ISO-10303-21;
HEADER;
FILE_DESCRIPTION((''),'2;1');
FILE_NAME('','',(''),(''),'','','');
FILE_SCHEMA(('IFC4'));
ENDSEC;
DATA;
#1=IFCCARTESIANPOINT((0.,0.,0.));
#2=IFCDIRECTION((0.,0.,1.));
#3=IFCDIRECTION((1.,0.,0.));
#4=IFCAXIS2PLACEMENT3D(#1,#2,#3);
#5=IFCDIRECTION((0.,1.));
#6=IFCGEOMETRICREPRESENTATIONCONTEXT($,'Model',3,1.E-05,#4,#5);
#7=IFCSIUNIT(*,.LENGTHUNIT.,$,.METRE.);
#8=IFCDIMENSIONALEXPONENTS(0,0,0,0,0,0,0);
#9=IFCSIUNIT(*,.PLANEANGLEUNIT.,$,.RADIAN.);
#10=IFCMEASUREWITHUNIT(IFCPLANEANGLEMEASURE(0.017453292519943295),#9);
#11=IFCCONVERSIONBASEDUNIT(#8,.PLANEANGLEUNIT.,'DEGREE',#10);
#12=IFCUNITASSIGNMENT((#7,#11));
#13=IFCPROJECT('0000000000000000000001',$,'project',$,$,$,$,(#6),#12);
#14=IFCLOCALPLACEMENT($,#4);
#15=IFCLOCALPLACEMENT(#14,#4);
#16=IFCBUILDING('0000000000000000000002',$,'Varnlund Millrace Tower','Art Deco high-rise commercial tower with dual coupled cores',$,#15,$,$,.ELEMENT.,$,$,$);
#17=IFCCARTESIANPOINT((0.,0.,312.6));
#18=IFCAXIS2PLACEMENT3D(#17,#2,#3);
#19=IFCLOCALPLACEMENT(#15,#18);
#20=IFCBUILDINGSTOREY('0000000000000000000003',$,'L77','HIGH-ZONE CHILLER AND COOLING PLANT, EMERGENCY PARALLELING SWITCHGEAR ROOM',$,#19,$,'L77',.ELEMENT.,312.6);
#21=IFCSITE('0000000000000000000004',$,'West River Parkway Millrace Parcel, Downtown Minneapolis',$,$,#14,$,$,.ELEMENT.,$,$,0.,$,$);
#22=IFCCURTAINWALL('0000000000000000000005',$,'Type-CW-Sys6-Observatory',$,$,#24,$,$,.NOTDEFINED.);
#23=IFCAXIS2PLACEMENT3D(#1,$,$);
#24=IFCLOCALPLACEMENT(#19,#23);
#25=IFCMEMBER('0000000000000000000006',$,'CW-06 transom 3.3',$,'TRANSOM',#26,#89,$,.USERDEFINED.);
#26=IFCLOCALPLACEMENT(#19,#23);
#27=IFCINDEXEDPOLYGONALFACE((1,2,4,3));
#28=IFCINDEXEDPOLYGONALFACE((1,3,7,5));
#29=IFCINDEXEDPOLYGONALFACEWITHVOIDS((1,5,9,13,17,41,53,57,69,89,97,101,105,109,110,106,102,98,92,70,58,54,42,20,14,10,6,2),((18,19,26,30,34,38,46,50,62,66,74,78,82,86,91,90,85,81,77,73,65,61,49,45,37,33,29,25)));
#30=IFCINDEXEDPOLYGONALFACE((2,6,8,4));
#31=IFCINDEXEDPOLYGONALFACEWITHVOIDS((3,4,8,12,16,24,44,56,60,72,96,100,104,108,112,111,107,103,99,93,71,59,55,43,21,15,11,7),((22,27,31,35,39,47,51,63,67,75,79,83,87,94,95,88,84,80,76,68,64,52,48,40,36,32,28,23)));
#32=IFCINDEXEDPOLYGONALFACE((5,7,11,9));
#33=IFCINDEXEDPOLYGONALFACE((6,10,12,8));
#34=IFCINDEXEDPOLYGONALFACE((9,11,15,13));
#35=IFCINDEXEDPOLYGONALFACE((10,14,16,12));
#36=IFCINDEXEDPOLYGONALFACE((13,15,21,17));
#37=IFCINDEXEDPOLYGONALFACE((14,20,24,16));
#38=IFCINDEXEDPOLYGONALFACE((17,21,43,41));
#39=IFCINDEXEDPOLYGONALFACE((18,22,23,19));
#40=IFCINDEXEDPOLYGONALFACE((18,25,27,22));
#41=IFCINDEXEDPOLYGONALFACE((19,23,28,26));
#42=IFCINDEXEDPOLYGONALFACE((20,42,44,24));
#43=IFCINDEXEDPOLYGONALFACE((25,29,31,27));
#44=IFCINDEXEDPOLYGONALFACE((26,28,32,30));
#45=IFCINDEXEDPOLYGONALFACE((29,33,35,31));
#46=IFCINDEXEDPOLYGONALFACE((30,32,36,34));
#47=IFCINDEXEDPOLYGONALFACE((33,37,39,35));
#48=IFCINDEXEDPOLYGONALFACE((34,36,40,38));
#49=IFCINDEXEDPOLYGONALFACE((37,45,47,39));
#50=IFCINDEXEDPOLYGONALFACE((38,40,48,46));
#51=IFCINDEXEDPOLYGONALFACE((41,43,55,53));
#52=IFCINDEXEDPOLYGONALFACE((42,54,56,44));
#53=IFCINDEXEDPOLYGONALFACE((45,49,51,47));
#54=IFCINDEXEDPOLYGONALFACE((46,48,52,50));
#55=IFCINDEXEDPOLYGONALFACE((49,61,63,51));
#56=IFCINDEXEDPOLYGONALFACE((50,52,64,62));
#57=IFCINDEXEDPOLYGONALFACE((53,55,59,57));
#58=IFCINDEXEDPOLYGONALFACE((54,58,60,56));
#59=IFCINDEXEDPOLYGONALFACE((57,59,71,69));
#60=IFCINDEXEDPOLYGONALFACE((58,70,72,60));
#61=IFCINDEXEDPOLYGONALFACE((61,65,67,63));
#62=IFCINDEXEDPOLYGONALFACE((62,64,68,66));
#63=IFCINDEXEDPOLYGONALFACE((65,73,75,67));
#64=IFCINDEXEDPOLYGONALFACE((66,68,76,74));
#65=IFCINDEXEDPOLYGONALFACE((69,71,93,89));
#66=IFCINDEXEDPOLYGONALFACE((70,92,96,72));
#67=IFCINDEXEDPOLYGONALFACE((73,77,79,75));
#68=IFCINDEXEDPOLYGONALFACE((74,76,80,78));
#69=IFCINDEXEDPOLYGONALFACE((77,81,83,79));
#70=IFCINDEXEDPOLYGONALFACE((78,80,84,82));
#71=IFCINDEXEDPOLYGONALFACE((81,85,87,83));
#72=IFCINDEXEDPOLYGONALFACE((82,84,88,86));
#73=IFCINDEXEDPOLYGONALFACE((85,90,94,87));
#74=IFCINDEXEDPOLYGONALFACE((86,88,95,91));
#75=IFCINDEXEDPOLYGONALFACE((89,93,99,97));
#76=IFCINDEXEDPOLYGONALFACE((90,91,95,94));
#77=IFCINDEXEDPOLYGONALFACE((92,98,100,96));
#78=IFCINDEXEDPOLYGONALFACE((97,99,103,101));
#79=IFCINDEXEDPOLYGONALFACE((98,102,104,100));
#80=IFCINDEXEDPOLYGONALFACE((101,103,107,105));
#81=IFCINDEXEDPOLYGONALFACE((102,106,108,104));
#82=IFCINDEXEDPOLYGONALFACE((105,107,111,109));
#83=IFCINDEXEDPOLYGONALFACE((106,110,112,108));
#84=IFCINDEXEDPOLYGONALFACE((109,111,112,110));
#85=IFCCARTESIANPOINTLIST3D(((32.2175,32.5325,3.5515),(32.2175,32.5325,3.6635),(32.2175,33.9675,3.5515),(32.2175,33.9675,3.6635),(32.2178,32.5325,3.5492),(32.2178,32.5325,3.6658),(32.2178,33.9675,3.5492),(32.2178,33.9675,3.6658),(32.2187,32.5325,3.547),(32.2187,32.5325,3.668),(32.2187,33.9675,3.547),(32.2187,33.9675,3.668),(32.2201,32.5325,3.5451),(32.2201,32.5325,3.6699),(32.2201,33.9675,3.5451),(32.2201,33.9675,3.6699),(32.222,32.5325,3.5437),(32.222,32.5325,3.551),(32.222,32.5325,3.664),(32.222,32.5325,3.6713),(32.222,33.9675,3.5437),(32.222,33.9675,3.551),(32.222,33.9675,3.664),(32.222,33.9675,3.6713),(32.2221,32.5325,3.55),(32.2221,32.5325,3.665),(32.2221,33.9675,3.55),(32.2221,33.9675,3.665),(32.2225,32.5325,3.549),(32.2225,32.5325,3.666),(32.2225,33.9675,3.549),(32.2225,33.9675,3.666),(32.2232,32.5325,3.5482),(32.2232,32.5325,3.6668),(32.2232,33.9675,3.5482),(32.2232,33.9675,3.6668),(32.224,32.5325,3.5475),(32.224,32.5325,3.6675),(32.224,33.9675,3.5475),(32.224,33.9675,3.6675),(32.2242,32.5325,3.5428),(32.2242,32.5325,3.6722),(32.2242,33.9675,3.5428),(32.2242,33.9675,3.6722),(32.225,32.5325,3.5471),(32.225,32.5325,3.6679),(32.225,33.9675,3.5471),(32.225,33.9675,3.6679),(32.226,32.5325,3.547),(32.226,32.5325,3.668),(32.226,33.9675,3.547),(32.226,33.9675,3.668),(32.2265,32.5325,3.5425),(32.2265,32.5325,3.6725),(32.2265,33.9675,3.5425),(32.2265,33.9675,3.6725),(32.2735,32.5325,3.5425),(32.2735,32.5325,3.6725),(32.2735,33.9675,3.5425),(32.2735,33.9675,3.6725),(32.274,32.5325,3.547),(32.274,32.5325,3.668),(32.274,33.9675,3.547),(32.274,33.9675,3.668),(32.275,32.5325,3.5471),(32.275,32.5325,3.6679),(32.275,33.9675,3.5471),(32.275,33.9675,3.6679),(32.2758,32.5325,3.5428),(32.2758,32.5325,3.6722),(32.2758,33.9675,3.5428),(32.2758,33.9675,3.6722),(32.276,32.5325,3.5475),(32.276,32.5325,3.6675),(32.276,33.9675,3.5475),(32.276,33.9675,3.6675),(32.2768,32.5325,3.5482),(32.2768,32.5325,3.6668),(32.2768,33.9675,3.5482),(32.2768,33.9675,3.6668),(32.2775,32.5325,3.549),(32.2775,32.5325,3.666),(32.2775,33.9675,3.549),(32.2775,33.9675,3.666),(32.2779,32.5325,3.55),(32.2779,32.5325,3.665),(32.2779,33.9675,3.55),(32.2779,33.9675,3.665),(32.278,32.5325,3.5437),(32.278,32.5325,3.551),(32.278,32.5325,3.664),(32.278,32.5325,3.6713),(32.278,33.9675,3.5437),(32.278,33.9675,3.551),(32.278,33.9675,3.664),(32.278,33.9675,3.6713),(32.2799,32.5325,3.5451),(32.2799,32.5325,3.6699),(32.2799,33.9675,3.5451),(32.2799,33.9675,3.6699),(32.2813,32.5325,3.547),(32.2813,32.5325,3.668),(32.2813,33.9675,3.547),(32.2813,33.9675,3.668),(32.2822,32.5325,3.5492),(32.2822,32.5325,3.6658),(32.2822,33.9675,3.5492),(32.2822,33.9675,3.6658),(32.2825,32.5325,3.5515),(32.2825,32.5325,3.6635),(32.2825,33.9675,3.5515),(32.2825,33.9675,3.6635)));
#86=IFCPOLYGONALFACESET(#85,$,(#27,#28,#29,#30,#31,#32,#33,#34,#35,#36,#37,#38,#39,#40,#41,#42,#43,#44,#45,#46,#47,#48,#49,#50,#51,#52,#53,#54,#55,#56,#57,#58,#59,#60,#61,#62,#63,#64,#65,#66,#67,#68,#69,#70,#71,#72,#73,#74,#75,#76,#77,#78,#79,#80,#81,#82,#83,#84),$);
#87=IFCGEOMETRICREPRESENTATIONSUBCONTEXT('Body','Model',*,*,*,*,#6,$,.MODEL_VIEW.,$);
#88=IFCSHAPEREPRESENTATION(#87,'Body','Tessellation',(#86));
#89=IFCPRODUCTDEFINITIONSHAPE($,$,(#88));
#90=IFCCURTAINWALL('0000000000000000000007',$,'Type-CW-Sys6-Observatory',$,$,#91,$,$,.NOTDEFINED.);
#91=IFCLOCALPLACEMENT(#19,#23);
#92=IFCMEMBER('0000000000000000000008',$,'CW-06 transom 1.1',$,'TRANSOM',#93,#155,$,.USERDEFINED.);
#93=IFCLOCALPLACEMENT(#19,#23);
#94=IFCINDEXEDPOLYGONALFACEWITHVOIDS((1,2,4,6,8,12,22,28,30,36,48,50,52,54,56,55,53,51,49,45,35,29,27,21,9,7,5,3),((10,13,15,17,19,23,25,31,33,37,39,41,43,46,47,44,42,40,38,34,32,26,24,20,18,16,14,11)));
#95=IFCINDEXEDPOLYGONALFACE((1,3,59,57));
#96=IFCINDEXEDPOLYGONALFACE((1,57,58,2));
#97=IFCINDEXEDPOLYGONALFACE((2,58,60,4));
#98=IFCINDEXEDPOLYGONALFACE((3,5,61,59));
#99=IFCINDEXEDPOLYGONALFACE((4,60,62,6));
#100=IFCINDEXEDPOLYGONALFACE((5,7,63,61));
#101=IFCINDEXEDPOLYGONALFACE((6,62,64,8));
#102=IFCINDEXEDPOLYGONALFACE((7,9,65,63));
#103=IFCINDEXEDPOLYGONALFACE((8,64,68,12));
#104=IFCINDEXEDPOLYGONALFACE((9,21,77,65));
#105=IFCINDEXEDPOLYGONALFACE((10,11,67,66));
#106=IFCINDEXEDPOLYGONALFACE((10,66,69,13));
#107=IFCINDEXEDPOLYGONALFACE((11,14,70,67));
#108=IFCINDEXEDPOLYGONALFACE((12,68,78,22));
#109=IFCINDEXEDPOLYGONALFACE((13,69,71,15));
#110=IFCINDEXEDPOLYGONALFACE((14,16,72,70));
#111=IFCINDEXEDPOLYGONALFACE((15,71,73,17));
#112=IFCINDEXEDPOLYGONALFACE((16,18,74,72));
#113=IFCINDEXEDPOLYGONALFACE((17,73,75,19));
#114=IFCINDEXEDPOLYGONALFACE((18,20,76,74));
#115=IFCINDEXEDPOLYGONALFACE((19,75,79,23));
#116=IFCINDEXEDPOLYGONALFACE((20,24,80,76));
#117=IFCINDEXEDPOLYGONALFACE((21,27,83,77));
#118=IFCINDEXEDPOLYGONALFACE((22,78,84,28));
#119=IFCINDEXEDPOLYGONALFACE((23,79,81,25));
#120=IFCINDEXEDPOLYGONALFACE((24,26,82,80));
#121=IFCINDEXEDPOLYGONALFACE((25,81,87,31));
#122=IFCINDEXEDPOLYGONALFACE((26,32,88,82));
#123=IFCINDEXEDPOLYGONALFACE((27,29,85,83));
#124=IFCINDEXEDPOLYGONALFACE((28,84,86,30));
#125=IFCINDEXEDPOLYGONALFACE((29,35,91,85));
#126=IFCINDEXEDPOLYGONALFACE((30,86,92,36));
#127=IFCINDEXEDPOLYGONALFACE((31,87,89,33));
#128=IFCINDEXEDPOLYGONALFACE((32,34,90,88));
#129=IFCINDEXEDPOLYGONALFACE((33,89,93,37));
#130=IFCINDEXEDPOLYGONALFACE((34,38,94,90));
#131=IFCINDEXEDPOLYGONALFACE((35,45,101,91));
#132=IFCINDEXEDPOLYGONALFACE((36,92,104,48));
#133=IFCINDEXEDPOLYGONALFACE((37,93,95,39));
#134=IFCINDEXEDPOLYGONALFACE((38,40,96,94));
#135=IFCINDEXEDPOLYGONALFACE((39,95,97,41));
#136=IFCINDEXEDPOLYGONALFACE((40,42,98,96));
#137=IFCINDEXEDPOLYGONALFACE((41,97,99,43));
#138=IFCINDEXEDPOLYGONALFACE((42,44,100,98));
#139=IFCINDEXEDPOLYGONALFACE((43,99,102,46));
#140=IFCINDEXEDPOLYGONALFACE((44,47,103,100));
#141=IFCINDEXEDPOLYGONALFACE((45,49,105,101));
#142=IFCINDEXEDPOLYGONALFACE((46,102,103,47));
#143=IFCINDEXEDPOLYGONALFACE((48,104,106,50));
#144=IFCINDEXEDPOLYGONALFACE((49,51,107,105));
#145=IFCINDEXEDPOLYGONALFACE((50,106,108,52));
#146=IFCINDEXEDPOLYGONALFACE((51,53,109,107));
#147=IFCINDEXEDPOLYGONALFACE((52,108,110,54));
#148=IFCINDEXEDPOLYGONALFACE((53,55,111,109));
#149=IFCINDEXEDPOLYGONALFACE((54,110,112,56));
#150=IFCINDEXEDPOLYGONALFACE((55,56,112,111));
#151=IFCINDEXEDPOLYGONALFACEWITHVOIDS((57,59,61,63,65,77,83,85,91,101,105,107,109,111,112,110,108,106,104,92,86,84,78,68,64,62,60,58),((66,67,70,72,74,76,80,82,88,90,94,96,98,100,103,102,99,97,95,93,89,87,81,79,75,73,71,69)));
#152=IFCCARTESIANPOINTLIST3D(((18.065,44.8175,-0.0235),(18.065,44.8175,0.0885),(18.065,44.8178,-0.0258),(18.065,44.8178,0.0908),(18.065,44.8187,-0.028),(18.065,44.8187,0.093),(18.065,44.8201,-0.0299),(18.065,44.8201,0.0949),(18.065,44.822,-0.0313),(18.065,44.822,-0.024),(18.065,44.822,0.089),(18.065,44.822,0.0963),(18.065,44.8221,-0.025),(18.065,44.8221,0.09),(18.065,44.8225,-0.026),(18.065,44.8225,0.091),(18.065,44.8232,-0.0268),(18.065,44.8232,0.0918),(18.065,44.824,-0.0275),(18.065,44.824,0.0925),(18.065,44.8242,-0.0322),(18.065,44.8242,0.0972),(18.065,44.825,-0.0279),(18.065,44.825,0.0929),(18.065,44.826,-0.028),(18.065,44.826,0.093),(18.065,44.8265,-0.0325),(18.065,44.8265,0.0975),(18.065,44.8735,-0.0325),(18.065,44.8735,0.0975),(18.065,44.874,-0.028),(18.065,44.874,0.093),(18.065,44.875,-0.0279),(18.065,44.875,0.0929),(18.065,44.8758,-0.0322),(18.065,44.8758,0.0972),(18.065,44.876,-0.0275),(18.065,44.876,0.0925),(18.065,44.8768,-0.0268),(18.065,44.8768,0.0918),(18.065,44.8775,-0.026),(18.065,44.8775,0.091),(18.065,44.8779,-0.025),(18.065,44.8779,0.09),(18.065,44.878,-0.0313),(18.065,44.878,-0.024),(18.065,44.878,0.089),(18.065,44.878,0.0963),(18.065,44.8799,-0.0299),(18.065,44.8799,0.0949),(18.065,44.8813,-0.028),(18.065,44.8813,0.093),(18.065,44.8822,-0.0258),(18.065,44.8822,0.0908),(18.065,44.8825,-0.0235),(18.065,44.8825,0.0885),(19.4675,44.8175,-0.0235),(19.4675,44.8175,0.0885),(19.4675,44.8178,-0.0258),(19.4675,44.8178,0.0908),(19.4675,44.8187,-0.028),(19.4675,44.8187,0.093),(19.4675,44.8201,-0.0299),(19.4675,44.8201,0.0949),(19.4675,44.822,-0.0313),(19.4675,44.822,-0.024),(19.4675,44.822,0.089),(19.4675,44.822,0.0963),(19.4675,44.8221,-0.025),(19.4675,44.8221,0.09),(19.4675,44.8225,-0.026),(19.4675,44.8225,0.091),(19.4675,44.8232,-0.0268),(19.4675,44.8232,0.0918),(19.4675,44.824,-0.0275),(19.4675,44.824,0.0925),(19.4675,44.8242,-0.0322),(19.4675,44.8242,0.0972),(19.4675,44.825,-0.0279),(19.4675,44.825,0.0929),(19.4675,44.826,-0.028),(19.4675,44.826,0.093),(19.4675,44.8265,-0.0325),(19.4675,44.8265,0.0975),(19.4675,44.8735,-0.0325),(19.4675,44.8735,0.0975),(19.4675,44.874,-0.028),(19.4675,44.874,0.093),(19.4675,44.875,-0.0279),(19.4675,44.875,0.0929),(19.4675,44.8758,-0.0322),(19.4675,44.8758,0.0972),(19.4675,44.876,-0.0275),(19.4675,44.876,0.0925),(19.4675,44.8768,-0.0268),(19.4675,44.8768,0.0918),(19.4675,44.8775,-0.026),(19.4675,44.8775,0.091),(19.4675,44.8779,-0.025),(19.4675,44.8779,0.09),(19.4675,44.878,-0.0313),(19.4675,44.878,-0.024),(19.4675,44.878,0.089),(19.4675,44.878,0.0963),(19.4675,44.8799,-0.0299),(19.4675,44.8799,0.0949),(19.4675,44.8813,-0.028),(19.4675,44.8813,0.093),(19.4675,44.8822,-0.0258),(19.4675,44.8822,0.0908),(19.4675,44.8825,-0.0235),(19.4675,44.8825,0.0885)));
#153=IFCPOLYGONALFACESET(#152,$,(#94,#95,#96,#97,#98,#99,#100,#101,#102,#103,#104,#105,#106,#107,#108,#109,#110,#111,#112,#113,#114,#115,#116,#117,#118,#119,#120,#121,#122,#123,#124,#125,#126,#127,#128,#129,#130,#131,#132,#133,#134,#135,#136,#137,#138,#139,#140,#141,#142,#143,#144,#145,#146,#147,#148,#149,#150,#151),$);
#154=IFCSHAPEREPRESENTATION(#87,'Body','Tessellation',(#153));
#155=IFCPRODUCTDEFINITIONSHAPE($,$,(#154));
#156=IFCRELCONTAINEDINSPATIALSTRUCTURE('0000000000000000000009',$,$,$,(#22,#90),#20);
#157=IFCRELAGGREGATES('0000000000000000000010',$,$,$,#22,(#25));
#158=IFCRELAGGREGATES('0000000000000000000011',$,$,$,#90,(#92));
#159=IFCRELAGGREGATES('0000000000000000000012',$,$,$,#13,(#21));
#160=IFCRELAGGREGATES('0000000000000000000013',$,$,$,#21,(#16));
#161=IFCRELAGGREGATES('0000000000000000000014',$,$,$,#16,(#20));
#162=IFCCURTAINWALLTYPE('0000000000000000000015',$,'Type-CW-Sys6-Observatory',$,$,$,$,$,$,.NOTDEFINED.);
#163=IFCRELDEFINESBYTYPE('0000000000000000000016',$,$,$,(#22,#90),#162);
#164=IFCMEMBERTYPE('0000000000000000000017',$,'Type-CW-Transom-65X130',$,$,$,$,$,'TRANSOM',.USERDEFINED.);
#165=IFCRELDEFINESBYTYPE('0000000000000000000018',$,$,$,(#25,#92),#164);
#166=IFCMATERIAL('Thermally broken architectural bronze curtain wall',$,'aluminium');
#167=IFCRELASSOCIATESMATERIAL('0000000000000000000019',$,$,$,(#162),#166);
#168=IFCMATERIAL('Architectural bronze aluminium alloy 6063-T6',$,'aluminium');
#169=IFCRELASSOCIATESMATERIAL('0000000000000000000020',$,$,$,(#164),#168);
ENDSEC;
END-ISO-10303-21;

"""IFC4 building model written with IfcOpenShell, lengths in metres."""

from ifc_helpers import new_model, entity, si_unit, converted_unit, direction, frame, origin_with_axes, origin_2d_with_axis, place, context, subcontext, project, spatial, hollow_rectangle, extrude, material, material_profile, profile_set, type_object, element, aggregate, save


model = new_model("IFC4")

# Units and contexts
model_context = context("Model", 3, precision=1e-05, world=origin_with_axes(), true_north=direction((0.0, 1.0)))
body_context = subcontext(model_context, "Body", "Model", "MODEL_VIEW")
ifc_project = project(units=[si_unit("LENGTHUNIT", "METRE"), converted_unit("PLANEANGLEUNIT", "DEGREE", entity("IfcPlaneAngleMeasure", 0.017453292519943295), si_unit("PLANEANGLEUNIT", "RADIAN"), dimensions=[0, 0, 0, 0, 0, 0, 0])], contexts=[model_context])

# Site, building, storey
site_placement = place(None, origin_with_axes())
site = spatial("IfcSite", under=ifc_project, at=site_placement, Name="West River Parkway Millrace Parcel, Downtown Minneapolis", CompositionType="ELEMENT", RefElevation=0.0)
building_placement = place(site_placement, origin_with_axes())
building = spatial("IfcBuilding", under=site, at=building_placement, Name="Varnlund Millrace Tower", Description="Art Deco high-rise commercial tower with dual coupled cores", CompositionType="ELEMENT")
storey_placement = place(building_placement, frame((0.0, 0.0, 312.6), z_axis=(0.0, 0.0, 1.0), x_axis=(1.0, 0.0, 0.0)))
storey = spatial("IfcBuildingStorey", under=building, at=storey_placement, Name="L77", Description="HIGH-ZONE CHILLER AND COOLING PLANT, EMERGENCY PARALLELING SWITCHGEAR ROOM", LongName="L77", CompositionType="ELEMENT", Elevation=312.6)

# Curtain walls, members
ifc_material_1 = material(Name="Thermally broken architectural bronze curtain wall", Category="aluminium")
curtain_wall_type = type_object("IfcCurtainWallType", Name="Type-CW-Sys6-Observatory", PredefinedType="NOTDEFINED", material=ifc_material_1)
curtain_wall_1_placement = place(storey_placement, frame((32.25, 37.0, 0.0), z_axis=(0.0, 0.0, 1.0), x_axis=(1.0, 0.0, 0.0)))
curtain_wall_1 = element("IfcCurtainWall", 1, at=curtain_wall_1_placement, inside=storey, type_object=curtain_wall_type, Name="Type-CW-Sys6-Observatory", PredefinedType="NOTDEFINED")
ifc_material_2 = material(Name="Architectural bronze aluminium alloy 6063-T6", Category="aluminium")
ifc_material_profile_1 = material_profile(ifc_material_2, hollow_rectangle(XDim=0.065, YDim=0.13, WallThickness=0.0045, InnerFilletRadius=0.004, OuterFilletRadius=0.009, at=origin_2d_with_axis()), Name="Architectural bronze aluminium alloy 6063-T6")
ifc_profile_set_1 = profile_set([ifc_material_profile_1], Name="Architectural bronze aluminium alloy 6063-T6")
member_type = type_object("IfcMemberType", Name="Type-CW-Transom-65X130", ElementType="TRANSOM", PredefinedType="USERDEFINED", material=ifc_profile_set_1)
member_1_placement = place(storey_placement, frame((32.25, 33.9675, 3.6075), z_axis=(0.0, -1.0, 0.0), x_axis=(1.0, 0.0, 0.0)))
member_1 = element("IfcMember", 2, at=member_1_placement, type_object=member_type, Name="CW-06 transom 3.3", ObjectType="TRANSOM", PredefinedType="USERDEFINED", context=body_context, shape_type="SweptSolid", body=[
    extrude(hollow_rectangle(XDim=0.065, YDim=0.13, WallThickness=0.0045, InnerFilletRadius=0.004, OuterFilletRadius=0.009, at=origin_2d_with_axis()), origin_with_axes(), (0.0, 0.0, 1.0), 1.435),
])
curtain_wall_2_placement = place(storey_placement, frame((18.0, 44.85, 0.0), z_axis=(0.0, 0.0, 1.0), x_axis=(1.0, 0.0, 0.0)))
curtain_wall_2 = element("IfcCurtainWall", 3, at=curtain_wall_2_placement, inside=storey, type_object=curtain_wall_type, Name="Type-CW-Sys6-Observatory", PredefinedType="NOTDEFINED")
member_2_placement = place(storey_placement, frame((18.065, 44.85, 0.0325), z_axis=(1.0, 0.0, 0.0), x_axis=(0.0, 1.0, 0.0)))
member_2 = element("IfcMember", 4, at=member_2_placement, type_object=member_type, Name="CW-06 transom 1.1", ObjectType="TRANSOM", PredefinedType="USERDEFINED", context=body_context, shape_type="SweptSolid", body=[
    extrude(hollow_rectangle(XDim=0.065, YDim=0.13, WallThickness=0.0045, InnerFilletRadius=0.004, OuterFilletRadius=0.009, at=origin_2d_with_axis()), origin_with_axes(), (0.0, 0.0, 1.0), 1.4025),
])

aggregate(curtain_wall_1, [member_1])
aggregate(curtain_wall_2, [member_2])

save(model, "model.ifc")
